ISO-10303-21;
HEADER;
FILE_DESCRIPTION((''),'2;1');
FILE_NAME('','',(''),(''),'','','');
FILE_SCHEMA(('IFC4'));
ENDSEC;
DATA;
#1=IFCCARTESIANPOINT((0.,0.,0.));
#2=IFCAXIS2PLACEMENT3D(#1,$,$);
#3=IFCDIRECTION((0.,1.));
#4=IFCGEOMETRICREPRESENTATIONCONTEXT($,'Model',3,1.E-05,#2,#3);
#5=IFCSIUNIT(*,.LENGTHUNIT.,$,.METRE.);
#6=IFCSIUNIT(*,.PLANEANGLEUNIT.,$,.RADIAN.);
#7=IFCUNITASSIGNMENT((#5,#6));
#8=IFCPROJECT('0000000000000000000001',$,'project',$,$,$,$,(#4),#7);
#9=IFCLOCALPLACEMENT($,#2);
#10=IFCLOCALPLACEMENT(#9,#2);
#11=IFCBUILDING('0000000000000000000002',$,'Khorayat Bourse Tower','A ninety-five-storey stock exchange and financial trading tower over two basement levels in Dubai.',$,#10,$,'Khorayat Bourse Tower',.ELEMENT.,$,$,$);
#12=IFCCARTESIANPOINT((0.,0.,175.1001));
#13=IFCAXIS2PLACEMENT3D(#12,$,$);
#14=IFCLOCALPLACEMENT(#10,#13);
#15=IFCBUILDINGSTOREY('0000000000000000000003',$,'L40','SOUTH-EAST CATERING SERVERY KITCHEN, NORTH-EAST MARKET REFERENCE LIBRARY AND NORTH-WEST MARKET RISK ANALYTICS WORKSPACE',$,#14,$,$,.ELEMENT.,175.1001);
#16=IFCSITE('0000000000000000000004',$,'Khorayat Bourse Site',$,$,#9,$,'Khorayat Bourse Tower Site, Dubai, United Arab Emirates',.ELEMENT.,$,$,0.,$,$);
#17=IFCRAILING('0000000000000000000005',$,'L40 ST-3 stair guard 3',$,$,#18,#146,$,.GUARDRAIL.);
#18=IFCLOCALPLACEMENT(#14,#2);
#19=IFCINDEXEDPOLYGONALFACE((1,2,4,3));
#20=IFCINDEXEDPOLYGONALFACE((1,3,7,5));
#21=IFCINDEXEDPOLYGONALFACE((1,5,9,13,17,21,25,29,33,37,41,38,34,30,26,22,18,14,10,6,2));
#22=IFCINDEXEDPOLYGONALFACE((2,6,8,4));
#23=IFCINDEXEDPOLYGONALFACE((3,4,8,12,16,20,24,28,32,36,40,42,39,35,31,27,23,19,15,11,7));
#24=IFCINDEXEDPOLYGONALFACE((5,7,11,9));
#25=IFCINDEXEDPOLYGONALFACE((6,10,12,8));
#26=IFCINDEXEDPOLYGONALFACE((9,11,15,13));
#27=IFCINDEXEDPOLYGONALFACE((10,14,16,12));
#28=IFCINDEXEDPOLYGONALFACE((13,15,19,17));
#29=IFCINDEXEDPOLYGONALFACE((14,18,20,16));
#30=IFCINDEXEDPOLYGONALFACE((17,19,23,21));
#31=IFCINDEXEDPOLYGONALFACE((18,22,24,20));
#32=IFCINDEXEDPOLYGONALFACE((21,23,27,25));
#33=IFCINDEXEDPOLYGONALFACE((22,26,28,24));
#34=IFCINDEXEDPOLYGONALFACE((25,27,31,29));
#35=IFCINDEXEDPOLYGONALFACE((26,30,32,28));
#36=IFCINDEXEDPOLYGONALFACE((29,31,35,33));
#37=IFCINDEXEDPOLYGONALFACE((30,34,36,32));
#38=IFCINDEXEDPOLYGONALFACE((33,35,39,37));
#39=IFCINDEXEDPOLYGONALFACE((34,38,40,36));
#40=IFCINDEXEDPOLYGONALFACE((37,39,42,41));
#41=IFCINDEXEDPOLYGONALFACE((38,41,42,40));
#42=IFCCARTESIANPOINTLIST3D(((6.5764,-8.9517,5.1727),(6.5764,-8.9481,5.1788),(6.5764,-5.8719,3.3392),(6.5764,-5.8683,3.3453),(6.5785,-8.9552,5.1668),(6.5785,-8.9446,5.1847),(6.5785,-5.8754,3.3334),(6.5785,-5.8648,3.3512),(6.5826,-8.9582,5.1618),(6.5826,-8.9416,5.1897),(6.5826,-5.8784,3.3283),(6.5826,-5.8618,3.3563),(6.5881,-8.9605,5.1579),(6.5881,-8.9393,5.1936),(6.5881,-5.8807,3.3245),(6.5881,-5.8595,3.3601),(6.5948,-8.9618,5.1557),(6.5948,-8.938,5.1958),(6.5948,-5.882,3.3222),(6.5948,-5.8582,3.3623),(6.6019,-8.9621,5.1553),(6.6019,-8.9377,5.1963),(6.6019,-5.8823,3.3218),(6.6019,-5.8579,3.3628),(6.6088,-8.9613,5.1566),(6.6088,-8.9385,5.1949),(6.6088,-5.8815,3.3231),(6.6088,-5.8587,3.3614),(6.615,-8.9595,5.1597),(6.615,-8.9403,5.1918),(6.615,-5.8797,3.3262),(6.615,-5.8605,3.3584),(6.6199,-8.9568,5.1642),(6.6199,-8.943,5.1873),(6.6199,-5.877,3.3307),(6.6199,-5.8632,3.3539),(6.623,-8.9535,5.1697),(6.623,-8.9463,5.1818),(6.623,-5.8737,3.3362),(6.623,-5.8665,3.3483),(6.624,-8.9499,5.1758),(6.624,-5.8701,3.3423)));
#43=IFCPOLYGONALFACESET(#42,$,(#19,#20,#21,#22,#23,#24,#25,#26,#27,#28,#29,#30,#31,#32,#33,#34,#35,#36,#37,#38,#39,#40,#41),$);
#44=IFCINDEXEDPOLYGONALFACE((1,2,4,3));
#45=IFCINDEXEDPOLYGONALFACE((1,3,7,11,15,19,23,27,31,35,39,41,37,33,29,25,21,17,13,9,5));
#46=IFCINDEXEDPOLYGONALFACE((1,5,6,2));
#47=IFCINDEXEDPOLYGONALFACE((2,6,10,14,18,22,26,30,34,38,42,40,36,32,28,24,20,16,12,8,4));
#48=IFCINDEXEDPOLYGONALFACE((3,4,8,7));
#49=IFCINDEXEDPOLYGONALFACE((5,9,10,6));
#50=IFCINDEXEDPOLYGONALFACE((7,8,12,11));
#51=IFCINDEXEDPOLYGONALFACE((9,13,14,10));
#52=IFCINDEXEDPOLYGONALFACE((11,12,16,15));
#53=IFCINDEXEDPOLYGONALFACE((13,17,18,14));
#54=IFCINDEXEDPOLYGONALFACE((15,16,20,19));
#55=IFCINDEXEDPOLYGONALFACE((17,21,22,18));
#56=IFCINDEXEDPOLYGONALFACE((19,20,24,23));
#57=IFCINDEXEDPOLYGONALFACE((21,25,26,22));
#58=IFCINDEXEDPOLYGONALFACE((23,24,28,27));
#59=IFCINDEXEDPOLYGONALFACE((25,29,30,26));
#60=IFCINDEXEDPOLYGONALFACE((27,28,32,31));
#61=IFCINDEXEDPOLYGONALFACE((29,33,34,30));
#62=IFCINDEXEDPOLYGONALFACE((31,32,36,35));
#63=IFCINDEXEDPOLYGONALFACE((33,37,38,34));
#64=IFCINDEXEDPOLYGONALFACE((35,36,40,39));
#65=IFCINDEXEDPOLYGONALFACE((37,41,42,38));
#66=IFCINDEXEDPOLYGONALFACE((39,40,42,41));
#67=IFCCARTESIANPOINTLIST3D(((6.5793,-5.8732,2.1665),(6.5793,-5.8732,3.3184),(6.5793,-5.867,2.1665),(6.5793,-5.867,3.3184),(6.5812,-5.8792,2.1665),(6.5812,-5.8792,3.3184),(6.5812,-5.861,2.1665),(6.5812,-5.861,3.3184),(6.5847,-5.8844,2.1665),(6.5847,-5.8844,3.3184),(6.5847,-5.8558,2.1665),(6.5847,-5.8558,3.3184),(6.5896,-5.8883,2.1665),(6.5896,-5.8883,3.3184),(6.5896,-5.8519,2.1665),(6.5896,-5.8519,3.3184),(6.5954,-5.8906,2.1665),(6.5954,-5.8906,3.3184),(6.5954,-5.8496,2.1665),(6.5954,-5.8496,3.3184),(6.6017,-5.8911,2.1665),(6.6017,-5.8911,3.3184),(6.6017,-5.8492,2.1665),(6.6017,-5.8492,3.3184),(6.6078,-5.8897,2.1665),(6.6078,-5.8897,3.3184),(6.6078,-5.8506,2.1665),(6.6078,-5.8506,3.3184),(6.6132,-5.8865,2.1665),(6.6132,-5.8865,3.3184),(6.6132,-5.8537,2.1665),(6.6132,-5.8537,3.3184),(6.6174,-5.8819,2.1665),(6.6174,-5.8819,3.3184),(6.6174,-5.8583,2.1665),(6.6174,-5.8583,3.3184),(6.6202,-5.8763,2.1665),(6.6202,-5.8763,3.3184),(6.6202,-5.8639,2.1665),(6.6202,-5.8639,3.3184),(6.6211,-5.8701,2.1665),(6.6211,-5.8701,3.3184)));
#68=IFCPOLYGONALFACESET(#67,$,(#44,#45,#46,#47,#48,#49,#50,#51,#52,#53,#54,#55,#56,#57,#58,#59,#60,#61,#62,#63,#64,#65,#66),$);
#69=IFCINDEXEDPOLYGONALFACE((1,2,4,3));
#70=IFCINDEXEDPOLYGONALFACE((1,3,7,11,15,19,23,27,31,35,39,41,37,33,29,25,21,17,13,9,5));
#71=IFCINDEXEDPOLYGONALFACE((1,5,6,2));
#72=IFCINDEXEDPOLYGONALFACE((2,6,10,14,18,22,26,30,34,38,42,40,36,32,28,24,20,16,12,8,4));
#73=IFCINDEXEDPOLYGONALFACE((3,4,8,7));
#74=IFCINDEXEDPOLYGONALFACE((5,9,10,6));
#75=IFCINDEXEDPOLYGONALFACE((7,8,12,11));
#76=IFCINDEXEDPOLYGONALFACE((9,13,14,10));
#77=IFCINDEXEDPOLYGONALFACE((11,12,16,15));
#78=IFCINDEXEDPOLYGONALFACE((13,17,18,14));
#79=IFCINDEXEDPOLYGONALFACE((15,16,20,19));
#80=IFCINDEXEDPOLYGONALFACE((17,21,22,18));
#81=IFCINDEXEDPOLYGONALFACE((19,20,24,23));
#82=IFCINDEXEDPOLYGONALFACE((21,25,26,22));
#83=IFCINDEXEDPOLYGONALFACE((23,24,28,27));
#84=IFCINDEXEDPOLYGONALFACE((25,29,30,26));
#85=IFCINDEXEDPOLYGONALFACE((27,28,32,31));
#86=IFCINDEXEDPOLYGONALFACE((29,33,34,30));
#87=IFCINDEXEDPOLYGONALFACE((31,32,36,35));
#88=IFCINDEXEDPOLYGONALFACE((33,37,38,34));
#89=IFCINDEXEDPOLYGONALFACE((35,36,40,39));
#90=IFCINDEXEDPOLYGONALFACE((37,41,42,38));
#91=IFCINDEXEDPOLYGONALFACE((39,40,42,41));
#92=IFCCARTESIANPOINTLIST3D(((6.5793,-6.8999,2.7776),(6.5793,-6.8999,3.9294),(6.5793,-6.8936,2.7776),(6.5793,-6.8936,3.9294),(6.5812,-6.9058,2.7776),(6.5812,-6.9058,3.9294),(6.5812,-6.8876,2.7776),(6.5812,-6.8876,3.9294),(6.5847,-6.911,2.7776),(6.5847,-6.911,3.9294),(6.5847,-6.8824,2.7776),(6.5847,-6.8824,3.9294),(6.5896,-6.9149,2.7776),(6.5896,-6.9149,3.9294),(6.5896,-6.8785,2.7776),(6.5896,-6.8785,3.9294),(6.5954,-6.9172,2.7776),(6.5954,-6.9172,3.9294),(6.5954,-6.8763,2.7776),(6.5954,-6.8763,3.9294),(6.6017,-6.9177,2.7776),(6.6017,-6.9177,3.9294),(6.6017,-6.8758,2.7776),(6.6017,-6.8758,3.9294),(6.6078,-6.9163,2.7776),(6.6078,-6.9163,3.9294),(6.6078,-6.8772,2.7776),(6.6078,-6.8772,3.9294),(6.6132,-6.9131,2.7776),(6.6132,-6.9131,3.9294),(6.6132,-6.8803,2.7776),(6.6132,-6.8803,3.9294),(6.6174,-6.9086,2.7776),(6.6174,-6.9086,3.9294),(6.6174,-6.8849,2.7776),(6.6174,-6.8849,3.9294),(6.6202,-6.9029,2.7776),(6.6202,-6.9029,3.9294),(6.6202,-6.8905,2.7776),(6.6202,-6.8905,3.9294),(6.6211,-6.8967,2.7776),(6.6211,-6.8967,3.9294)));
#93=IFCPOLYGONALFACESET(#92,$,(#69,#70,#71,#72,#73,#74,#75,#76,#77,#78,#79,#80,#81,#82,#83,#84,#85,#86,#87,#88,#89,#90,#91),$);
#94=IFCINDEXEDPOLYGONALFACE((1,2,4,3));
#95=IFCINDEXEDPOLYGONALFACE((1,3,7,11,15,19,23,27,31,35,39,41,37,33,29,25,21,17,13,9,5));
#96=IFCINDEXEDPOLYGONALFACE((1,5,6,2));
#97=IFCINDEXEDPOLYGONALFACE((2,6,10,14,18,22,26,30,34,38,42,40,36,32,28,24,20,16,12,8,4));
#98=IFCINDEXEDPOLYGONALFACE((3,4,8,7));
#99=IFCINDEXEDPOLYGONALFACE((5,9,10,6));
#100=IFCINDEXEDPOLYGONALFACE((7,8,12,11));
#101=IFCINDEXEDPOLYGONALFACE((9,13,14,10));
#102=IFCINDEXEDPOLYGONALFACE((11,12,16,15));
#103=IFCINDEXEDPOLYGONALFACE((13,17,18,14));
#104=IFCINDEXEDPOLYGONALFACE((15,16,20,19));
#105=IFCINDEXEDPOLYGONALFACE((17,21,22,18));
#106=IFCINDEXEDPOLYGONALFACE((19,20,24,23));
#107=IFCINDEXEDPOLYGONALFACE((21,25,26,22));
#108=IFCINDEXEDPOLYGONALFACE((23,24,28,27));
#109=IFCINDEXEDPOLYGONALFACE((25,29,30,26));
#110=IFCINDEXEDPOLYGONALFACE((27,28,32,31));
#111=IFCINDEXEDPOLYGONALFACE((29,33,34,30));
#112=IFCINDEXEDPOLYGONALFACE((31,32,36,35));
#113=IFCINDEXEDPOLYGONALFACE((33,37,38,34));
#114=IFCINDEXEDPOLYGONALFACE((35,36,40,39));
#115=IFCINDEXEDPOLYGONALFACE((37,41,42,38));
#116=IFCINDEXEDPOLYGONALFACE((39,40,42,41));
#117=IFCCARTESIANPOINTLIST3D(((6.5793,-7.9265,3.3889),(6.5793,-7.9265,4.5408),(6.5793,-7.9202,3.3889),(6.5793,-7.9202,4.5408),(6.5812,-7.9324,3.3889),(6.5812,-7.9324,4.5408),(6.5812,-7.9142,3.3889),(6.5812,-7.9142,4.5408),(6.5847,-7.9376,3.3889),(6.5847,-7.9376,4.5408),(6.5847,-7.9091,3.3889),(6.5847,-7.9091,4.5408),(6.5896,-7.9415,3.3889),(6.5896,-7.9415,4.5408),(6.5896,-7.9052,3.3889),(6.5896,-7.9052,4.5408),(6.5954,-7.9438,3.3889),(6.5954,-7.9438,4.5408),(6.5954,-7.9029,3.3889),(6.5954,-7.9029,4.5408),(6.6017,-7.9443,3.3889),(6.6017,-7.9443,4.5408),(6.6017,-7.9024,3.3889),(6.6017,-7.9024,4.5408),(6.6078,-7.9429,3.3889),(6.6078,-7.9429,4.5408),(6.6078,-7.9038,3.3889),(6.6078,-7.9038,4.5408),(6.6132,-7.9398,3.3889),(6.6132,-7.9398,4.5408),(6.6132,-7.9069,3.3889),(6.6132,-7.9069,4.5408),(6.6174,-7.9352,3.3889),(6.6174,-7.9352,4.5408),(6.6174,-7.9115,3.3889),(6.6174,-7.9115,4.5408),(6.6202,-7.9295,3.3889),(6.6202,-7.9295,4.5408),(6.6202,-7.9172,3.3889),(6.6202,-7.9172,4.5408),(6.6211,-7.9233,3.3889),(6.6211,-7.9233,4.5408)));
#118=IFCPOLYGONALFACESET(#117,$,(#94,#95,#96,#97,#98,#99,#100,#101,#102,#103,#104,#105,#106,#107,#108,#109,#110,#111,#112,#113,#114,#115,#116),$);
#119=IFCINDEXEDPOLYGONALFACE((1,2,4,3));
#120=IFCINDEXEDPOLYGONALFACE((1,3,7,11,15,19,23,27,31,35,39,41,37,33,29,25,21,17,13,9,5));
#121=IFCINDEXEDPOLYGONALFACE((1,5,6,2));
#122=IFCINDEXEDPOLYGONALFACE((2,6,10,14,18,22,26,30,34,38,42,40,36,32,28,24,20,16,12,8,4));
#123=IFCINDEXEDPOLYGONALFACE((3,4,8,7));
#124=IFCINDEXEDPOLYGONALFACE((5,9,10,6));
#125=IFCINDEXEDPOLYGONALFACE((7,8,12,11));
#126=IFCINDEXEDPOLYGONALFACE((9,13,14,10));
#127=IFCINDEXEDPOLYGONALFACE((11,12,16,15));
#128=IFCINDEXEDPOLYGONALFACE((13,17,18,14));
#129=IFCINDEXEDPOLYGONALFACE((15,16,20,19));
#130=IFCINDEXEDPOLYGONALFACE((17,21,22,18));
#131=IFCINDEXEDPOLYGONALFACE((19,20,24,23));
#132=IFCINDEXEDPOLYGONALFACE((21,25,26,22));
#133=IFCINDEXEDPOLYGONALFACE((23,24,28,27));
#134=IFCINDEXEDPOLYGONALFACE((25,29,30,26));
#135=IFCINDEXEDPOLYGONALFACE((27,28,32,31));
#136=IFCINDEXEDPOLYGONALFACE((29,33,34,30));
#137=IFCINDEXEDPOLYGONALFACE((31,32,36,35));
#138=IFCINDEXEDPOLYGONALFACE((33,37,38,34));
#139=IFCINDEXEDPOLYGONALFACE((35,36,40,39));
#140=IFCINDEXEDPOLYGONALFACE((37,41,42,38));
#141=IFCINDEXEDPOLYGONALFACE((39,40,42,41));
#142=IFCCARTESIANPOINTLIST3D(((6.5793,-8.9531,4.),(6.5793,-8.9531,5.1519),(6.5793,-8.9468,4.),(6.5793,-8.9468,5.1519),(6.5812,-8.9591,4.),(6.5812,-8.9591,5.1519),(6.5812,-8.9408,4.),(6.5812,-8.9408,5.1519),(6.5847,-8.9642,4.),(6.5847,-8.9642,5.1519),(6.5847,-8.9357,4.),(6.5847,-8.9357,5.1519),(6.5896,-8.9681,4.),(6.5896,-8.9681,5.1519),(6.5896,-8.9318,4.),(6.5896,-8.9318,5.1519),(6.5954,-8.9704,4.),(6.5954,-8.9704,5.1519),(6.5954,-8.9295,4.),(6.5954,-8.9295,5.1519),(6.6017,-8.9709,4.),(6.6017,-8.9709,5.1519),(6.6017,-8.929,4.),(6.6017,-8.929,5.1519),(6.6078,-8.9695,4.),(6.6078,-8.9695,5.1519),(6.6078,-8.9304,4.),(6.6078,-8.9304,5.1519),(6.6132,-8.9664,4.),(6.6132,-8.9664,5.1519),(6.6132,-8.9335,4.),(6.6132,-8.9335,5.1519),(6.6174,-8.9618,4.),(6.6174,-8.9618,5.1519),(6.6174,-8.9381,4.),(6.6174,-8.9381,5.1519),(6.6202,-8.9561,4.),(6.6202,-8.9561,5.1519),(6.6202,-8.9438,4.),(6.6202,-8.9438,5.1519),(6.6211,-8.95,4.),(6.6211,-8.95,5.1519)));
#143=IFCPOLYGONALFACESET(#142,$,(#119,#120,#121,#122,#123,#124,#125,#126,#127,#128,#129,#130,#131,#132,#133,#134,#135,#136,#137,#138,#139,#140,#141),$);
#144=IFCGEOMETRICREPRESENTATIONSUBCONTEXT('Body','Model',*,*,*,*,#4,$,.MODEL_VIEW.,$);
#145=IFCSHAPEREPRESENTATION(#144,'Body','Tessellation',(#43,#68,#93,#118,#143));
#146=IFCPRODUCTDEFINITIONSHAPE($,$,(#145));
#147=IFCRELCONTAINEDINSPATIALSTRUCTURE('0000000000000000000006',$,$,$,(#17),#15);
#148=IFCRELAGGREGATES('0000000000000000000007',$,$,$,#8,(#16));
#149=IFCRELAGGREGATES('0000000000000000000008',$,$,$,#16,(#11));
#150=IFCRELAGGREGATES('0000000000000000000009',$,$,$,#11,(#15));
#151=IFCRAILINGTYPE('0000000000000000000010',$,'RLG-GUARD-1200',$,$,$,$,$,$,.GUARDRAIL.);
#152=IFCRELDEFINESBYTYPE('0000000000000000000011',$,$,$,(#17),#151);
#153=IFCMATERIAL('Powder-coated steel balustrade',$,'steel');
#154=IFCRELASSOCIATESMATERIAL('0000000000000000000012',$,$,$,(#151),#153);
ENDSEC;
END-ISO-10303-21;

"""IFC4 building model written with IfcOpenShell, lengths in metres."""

from ifc_helpers import new_model, si_unit, direction, frame, origin, origin_2d, place, context, subcontext, project, spatial, circle, extrude, source, transform, mapped, material, type_object, element, save


model = new_model("IFC4")

# Units and contexts
model_context = context("Model", 3, precision=1e-05, world=origin(), true_north=direction((0.0, 1.0)))
body_context = subcontext(model_context, "Body", "Model", "MODEL_VIEW")
ifc_project = project(units=[si_unit("LENGTHUNIT", "METRE"), si_unit("PLANEANGLEUNIT", "RADIAN")], contexts=[model_context])

# Site, building, storey
site_placement = place(None, origin())
site = spatial("IfcSite", under=ifc_project, at=site_placement, Name="Khorayat Bourse Site", LongName="Khorayat Bourse Tower Site, Dubai, United Arab Emirates", CompositionType="ELEMENT", RefElevation=0.0)
building_placement = place(site_placement, origin())
building = spatial("IfcBuilding", under=site, at=building_placement, Name="Khorayat Bourse Tower", Description="A ninety-five-storey stock exchange and financial trading tower over two basement levels in Dubai.", LongName="Khorayat Bourse Tower", CompositionType="ELEMENT")
storey_placement = place(building_placement, frame((0.0, 0.0, 175.1001)))
storey = spatial("IfcBuildingStorey", under=building, at=storey_placement, Name="L40", Description="SOUTH-EAST CATERING SERVERY KITCHEN, NORTH-EAST MARKET REFERENCE LIBRARY AND NORTH-WEST MARKET RISK ANALYTICS WORKSPACE", CompositionType="ELEMENT", Elevation=175.1001)

# Railing
ifc_material_1 = material(Name="Powder-coated steel balustrade", Category="steel")
railing_type_1 = type_object("IfcRailingType", Name="RLG-GUARD-1200", PredefinedType="GUARDRAIL", material=ifc_material_1)
shared_shape_1 = source(origin(), body_context, "Body", "SweptSolid", [
    extrude(circle(Radius=0.0239, at=origin_2d()), frame((0.0, 0.0, 1.1758), z_axis=(0.0, -0.859261, 0.511538), x_axis=(1.0, 0.0, 0.0)), (0.0, 0.0, 1.0), 3.5842),
    extrude(circle(Radius=0.021, at=origin_2d()), origin(), (0.0, 0.0, 1.0), 1.1519),
    extrude(circle(Radius=0.021, at=origin_2d()), frame((0.0, -1.0266, 0.6111)), (0.0, 0.0, 1.0), 1.1519),
    extrude(circle(Radius=0.021, at=origin_2d()), frame((0.0, -2.0532, 1.2224)), (0.0, 0.0, 1.0), 1.1519),
    extrude(circle(Radius=0.021, at=origin_2d()), frame((0.0, -3.0798, 1.8335)), (0.0, 0.0, 1.0), 1.1519),
])
railing_1_placement = place(storey_placement, frame((6.6001, -5.8701, 2.1665)))
element("IfcRailing", 1, at=railing_1_placement, inside=storey, type_object=railing_type_1, Name="L40 ST-3 stair guard 3", PredefinedType="GUARDRAIL", context=body_context, shape_type="MappedRepresentation", body=[
    mapped(shared_shape_1, transform((0.0, 0.0, 0.0), scale=1.0)),
])

save(model, "model.ifc")
